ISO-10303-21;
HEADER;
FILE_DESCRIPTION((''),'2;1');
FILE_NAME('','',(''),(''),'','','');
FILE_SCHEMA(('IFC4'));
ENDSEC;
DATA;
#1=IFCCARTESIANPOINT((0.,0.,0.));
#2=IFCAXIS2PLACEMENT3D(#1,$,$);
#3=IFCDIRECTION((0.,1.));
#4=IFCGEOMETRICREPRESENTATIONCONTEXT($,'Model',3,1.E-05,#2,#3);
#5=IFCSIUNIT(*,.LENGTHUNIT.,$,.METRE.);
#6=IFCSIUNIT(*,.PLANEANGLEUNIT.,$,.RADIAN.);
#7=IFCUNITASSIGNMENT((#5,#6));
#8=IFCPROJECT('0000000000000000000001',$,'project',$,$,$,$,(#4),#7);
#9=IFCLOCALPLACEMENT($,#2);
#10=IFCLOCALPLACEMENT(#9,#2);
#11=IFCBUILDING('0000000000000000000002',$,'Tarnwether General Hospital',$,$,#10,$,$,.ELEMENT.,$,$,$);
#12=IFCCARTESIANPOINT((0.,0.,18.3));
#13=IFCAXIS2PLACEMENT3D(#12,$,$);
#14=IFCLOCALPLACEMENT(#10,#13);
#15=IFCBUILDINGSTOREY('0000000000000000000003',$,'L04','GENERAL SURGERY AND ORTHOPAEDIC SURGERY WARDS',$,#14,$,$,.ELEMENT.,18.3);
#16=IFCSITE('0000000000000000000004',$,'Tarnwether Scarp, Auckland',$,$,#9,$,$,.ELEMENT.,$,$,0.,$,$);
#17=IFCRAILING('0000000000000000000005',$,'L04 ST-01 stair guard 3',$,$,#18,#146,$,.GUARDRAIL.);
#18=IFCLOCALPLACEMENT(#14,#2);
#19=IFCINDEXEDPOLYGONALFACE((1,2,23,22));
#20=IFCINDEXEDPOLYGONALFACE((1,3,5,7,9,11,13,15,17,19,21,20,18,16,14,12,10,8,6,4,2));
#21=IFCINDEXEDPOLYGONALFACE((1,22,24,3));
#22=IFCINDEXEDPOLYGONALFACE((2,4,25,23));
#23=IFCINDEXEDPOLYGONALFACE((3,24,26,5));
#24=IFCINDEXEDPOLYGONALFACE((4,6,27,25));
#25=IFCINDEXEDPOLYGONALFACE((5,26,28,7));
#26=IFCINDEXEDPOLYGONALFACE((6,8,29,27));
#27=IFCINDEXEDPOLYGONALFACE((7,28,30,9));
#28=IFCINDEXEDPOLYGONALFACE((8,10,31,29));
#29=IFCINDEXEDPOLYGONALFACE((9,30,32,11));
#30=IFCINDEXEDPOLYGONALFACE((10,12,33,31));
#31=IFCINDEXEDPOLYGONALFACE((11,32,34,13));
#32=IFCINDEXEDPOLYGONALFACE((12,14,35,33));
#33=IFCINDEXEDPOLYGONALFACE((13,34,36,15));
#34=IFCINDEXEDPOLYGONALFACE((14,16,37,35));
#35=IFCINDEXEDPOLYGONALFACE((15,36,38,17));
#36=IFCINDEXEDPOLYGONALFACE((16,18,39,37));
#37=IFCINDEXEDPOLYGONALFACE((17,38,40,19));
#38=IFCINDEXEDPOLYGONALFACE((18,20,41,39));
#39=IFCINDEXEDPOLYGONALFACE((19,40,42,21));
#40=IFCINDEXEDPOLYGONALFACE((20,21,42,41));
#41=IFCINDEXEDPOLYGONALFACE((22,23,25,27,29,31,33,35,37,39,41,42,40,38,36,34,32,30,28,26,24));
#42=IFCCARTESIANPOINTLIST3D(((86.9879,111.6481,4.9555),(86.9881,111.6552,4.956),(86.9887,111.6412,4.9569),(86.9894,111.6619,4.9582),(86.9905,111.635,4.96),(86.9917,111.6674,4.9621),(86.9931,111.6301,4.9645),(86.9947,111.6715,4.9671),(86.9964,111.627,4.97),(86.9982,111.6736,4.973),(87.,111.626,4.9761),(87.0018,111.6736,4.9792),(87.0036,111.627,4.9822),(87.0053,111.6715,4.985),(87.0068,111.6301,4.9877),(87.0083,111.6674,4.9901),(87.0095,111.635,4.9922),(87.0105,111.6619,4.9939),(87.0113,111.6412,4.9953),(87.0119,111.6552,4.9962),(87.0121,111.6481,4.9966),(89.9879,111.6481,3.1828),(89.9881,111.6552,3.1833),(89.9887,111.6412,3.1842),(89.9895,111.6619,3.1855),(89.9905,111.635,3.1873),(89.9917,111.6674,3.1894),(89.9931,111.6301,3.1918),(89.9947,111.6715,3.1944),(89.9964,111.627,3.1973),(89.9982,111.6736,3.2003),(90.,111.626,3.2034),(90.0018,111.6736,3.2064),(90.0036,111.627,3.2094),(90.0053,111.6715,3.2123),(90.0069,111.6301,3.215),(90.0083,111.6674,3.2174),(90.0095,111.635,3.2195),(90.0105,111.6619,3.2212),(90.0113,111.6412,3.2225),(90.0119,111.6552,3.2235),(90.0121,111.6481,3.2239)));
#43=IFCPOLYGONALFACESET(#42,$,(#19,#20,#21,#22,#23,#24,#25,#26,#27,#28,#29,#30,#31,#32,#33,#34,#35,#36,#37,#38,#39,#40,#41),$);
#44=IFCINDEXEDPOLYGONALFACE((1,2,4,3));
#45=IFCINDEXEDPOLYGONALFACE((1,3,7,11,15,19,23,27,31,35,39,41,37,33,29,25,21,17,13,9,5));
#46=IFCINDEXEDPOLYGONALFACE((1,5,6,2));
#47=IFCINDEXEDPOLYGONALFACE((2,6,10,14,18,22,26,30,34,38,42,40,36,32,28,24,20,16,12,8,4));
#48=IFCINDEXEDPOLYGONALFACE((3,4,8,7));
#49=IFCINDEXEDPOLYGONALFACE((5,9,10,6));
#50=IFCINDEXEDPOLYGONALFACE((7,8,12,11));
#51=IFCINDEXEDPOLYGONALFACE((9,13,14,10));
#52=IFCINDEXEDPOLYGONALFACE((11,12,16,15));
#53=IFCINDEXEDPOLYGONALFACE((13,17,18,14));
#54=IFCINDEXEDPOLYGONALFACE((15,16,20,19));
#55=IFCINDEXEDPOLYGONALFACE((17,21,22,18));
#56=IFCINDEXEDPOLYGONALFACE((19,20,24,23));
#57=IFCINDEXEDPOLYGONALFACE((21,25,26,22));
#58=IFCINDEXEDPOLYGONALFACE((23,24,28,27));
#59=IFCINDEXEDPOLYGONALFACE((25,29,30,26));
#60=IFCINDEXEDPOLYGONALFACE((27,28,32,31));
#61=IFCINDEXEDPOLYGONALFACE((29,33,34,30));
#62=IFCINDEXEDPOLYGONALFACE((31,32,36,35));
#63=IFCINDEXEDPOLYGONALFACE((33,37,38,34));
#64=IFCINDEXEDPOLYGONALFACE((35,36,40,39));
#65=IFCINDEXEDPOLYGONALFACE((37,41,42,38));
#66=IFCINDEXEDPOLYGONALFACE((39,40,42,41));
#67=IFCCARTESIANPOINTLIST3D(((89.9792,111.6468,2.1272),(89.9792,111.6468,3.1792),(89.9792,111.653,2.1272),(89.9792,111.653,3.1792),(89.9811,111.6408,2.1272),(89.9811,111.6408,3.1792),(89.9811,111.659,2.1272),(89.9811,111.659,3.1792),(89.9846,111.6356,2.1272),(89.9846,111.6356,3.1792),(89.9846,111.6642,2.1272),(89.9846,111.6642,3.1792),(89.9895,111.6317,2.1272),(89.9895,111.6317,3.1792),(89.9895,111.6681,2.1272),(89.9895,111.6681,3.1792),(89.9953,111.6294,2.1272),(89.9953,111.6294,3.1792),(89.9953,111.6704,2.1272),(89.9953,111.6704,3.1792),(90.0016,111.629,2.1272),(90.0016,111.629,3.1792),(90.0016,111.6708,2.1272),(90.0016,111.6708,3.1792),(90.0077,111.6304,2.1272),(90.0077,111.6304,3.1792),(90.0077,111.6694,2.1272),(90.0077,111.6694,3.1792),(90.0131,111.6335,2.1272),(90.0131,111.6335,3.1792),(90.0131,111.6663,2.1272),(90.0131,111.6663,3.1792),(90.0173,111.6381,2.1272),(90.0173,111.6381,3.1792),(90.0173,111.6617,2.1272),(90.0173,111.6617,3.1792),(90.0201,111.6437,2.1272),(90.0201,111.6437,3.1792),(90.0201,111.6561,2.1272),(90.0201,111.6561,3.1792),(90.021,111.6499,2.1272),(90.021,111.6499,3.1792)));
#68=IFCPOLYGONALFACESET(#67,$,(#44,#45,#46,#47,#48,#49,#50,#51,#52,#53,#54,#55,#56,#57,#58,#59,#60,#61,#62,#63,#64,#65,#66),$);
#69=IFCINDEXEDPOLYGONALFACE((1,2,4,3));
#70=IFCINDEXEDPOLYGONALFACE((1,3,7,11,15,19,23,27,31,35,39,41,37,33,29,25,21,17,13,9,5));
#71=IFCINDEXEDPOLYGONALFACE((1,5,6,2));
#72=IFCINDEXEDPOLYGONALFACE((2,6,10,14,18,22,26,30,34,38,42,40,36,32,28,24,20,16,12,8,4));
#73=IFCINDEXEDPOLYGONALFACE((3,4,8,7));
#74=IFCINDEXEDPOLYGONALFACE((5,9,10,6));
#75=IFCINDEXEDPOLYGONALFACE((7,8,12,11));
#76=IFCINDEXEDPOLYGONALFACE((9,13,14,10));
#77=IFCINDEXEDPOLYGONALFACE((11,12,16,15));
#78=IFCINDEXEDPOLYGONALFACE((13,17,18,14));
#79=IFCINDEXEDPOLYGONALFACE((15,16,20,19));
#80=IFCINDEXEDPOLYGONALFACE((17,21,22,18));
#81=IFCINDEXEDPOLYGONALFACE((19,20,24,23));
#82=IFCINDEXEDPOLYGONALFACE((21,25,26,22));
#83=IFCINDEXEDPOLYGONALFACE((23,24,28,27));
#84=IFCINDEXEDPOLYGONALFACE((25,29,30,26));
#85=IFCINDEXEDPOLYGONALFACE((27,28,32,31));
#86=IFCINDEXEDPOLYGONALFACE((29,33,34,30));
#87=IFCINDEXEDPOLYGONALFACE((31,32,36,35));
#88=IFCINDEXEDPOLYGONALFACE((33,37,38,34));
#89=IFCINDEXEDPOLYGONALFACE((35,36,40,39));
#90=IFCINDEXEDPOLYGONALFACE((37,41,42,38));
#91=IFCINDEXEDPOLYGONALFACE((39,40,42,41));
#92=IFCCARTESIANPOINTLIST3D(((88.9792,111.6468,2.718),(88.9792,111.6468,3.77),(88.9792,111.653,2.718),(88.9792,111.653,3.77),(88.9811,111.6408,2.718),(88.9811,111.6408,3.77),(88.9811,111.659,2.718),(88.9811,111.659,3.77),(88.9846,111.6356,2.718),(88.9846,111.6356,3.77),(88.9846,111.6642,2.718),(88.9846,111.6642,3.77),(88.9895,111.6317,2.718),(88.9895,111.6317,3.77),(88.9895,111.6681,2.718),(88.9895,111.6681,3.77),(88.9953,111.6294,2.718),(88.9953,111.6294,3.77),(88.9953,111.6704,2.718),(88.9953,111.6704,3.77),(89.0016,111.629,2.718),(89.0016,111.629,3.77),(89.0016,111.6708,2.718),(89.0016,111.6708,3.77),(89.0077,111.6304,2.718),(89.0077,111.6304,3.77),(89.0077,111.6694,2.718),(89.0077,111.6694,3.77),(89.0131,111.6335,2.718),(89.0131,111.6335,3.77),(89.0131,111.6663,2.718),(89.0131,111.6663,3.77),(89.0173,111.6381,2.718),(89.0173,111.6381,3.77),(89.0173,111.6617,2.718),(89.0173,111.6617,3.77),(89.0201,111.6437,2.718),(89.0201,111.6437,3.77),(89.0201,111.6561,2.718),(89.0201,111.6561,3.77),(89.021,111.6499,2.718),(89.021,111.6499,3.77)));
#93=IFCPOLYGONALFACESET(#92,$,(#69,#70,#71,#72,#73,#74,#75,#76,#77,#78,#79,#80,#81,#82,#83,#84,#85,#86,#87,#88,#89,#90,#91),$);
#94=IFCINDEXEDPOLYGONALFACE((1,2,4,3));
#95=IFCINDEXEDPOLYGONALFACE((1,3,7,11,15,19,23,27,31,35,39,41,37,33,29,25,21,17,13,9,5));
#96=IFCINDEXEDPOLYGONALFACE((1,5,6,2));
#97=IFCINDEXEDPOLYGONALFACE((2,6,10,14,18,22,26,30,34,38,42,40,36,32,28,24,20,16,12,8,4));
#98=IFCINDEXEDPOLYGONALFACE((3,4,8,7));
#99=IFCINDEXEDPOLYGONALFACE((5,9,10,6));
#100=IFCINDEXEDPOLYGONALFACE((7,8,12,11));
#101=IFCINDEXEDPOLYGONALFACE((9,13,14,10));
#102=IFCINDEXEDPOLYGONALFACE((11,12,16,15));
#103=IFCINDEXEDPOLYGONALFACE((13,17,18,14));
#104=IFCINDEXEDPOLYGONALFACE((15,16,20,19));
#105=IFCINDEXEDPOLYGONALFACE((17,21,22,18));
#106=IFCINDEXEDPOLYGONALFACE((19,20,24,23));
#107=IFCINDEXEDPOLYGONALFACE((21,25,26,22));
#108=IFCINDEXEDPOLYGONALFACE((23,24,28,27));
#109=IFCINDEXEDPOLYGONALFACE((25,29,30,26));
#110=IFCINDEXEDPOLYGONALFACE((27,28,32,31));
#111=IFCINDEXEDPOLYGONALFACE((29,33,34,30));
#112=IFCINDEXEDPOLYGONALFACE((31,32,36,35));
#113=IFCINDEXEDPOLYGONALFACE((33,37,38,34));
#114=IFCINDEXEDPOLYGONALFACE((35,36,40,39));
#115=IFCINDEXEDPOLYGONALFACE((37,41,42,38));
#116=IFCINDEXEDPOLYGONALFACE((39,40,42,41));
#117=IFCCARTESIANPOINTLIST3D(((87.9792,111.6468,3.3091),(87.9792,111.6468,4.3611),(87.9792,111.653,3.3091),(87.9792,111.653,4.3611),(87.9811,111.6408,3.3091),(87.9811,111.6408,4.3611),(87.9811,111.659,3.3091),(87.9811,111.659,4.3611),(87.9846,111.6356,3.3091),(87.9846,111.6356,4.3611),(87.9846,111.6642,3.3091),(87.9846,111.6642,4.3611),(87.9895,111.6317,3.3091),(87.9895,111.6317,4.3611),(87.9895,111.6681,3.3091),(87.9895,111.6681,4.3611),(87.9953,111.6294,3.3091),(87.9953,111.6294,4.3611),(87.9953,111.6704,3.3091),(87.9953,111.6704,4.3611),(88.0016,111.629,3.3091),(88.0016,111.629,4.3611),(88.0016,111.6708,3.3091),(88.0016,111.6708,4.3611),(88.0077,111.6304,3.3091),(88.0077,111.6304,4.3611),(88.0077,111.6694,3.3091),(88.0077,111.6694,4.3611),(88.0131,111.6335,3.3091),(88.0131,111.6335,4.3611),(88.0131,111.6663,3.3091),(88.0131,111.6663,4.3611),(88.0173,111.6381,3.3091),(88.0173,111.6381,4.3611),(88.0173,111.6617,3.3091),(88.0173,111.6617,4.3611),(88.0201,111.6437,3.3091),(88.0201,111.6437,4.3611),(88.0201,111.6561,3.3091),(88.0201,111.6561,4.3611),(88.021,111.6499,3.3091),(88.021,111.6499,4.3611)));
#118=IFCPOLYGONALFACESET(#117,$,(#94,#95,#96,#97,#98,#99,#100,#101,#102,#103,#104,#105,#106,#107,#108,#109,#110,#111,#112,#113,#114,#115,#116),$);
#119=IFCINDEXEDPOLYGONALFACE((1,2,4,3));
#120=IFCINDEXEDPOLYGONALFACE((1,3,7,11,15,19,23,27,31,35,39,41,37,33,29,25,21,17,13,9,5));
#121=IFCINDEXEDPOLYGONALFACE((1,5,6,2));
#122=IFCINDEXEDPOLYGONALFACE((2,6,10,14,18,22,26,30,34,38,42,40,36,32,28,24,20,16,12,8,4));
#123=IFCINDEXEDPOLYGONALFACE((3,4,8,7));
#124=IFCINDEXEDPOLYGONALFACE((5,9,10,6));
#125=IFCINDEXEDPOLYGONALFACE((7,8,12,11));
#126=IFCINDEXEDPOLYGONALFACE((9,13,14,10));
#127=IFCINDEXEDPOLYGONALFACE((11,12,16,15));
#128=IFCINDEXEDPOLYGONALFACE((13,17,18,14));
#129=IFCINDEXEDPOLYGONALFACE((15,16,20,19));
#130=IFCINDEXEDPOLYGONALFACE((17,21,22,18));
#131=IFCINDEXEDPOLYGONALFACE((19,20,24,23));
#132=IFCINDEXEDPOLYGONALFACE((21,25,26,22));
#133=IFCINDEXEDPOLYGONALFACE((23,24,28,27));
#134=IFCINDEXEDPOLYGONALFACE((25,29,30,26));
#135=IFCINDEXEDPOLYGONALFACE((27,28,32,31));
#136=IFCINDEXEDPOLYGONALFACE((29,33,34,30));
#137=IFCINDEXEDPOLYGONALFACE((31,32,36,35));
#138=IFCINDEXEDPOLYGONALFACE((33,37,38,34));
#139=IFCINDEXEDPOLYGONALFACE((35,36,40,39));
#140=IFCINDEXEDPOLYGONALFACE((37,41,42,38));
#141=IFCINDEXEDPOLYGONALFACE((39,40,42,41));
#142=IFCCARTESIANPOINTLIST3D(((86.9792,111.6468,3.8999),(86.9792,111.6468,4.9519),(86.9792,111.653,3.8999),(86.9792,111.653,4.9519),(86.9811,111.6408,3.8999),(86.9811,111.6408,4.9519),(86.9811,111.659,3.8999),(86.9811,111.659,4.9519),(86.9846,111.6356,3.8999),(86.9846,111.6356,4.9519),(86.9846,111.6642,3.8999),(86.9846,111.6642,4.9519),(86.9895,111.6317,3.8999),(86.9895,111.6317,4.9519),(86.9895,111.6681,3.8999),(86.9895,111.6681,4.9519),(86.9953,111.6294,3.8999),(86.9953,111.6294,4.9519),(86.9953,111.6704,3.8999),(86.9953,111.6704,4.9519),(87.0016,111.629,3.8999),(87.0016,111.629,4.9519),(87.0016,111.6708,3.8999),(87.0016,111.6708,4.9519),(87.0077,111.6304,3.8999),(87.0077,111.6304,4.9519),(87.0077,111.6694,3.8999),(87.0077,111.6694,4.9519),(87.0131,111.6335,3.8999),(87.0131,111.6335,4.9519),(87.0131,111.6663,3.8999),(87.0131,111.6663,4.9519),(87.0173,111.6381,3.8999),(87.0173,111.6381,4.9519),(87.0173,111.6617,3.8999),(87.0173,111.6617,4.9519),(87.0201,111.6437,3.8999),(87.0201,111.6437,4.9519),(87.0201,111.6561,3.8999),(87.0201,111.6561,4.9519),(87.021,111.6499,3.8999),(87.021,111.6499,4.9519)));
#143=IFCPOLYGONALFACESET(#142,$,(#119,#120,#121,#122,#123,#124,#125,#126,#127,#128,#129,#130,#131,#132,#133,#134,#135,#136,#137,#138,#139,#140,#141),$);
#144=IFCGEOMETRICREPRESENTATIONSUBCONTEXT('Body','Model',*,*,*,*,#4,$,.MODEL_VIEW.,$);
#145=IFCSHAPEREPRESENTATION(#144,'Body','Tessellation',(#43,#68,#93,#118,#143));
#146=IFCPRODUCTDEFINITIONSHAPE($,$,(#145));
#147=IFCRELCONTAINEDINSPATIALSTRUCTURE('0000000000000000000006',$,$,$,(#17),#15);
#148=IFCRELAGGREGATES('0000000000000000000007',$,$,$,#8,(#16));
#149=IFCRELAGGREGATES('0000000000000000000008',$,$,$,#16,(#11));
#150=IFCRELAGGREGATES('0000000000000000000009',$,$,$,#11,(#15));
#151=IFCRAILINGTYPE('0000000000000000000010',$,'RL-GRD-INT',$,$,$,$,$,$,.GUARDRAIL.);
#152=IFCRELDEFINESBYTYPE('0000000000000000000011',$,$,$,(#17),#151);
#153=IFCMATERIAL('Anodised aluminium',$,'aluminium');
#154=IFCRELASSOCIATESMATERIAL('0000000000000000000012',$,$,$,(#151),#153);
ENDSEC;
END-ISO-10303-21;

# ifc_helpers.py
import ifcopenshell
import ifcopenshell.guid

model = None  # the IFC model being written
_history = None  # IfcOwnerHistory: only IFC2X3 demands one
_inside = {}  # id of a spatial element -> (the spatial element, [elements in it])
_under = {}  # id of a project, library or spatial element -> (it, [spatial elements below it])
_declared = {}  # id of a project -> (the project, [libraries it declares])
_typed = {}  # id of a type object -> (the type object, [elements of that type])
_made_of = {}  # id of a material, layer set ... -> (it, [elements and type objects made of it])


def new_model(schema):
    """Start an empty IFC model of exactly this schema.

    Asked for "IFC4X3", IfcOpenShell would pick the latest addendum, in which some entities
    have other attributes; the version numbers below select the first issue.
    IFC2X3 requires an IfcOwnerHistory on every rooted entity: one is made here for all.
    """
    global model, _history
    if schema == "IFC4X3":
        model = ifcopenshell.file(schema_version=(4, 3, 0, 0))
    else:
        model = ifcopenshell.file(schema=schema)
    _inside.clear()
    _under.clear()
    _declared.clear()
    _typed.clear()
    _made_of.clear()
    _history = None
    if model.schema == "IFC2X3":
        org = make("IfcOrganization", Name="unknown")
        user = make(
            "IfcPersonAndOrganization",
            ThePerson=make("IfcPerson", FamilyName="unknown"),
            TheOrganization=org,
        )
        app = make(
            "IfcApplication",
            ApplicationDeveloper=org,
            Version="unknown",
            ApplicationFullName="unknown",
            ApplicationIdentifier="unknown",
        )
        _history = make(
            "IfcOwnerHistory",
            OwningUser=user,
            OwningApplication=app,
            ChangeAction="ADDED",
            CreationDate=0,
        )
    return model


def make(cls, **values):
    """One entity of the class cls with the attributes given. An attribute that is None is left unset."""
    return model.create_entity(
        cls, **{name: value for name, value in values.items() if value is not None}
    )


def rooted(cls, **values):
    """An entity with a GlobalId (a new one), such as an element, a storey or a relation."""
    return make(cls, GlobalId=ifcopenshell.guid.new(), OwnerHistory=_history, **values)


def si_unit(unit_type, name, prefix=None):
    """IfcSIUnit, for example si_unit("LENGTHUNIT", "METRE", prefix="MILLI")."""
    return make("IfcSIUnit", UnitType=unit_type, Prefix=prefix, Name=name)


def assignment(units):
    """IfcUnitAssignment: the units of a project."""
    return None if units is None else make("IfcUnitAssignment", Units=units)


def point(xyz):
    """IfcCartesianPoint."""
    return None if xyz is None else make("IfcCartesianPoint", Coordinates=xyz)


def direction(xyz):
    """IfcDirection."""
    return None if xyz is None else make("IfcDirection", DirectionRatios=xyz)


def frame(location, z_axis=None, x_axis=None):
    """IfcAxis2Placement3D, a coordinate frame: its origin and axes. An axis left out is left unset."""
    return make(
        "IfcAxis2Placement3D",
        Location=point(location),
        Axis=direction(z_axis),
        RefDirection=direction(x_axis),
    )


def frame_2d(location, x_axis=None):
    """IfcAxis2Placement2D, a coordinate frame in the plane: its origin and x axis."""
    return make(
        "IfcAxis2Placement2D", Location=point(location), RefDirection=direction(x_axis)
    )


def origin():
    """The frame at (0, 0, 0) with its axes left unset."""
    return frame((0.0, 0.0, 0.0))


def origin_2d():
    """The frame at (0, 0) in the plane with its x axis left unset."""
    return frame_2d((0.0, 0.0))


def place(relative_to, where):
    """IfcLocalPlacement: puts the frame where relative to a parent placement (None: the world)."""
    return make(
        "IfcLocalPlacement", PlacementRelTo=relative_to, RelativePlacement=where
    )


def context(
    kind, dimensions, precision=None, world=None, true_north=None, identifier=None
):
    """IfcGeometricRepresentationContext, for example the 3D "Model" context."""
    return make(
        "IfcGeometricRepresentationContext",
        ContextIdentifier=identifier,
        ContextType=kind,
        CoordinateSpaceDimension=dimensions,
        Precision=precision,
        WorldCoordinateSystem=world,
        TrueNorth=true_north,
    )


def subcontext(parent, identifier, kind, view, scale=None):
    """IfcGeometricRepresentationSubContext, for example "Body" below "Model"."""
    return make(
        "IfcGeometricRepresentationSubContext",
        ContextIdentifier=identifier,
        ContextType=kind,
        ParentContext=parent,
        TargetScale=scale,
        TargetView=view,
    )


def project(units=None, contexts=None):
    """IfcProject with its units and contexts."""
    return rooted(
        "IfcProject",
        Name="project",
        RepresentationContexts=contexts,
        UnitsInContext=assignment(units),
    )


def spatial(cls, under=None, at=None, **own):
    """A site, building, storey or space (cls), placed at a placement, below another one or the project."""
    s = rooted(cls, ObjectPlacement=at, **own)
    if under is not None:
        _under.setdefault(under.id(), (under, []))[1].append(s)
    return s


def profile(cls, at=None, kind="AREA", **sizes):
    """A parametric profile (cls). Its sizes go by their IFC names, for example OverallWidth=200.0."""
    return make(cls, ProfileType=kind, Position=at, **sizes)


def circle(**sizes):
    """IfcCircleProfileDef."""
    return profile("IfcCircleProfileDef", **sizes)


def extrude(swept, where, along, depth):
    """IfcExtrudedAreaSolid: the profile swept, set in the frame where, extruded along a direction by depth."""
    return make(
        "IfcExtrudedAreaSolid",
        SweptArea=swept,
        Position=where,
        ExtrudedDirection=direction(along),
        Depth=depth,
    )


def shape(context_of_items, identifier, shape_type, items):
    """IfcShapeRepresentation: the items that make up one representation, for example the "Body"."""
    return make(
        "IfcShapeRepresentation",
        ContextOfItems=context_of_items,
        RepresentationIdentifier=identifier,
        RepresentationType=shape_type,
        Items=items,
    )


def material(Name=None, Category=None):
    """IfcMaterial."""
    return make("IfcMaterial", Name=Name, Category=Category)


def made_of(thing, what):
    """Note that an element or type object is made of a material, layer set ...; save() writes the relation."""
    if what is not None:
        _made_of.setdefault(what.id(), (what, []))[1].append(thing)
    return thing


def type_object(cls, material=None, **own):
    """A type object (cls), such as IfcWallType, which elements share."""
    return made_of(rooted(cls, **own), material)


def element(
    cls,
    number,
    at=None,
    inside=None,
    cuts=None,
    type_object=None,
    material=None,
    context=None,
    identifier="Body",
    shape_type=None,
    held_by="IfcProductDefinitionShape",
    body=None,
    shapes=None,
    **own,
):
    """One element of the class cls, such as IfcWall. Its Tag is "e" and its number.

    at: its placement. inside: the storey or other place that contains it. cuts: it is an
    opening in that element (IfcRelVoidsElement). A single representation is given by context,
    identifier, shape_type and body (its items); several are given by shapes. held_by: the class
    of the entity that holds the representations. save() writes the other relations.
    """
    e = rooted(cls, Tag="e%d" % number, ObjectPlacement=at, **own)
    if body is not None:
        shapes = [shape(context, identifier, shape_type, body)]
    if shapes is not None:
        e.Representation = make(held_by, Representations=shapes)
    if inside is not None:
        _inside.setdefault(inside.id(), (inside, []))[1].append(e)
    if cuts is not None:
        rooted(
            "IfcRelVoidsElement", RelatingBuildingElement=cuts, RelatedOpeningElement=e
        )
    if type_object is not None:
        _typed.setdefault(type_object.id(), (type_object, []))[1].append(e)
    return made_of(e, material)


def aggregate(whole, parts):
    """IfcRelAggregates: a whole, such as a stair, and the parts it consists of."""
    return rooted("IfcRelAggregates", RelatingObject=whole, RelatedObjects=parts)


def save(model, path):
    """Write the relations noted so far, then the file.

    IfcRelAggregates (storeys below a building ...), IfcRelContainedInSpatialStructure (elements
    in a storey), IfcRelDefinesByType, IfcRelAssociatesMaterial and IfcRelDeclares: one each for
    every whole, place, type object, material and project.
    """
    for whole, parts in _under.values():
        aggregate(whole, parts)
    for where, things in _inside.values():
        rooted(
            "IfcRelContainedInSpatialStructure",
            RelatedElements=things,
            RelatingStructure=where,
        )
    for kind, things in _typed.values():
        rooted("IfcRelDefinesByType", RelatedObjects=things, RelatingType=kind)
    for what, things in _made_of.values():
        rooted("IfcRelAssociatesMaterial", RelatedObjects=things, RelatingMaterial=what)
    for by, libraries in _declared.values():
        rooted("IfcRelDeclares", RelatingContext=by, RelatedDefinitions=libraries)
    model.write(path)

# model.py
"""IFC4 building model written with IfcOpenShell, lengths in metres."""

from ifc_helpers import new_model, si_unit, direction, frame, origin, origin_2d, place, context, subcontext, project, spatial, circle, extrude, material, type_object, element, save


model = new_model("IFC4")

# Units and contexts
model_context = context("Model", 3, precision=1e-05, world=origin(), true_north=direction((0.0, 1.0)))
body_context = subcontext(model_context, "Body", "Model", "MODEL_VIEW")
ifc_project = project(units=[si_unit("LENGTHUNIT", "METRE"), si_unit("PLANEANGLEUNIT", "RADIAN")], contexts=[model_context])

# Site, building, storey
site_placement = place(None, origin())
site = spatial("IfcSite", under=ifc_project, at=site_placement, Name="Tarnwether Scarp, Auckland", CompositionType="ELEMENT", RefElevation=0.0)
building_placement = place(site_placement, origin())
building = spatial("IfcBuilding", under=site, at=building_placement, Name="Tarnwether General Hospital", CompositionType="ELEMENT")
storey_placement = place(building_placement, frame((0.0, 0.0, 18.3)))
storey = spatial("IfcBuildingStorey", under=building, at=storey_placement, Name="L04", Description="GENERAL SURGERY AND ORTHOPAEDIC SURGERY WARDS", CompositionType="ELEMENT", Elevation=18.3)

# Railing
ifc_material_1 = material(Name="Anodised aluminium", Category="aluminium")
railing_type_1 = type_object("IfcRailingType", Name="RL-GRD-INT", PredefinedType="GUARDRAIL", material=ifc_material_1)
railing_1_placement = place(storey_placement, frame((90.0, 111.6499, 2.1272)))
element("IfcRailing", 1, at=railing_1_placement, inside=storey, type_object=railing_type_1, Name="L04 ST-01 stair guard 3", PredefinedType="GUARDRAIL", context=body_context, shape_type="SweptSolid", body=[
    extrude(circle(Radius=0.0239, at=origin_2d()), frame((0.0, 0.0, 1.0762), z_axis=(-0.860929, 0.0, 0.508725), x_axis=(0.0, -1.0, 0.0)), (0.0, 0.0, 1.0), 3.4846),
    extrude(circle(Radius=0.021, at=origin_2d()), origin(), (0.0, 0.0, 1.0), 1.052),
    extrude(circle(Radius=0.021, at=origin_2d()), frame((-1.0, 0.0, 0.5908)), (0.0, 0.0, 1.0), 1.052),
    extrude(circle(Radius=0.021, at=origin_2d()), frame((-2.0, 0.0, 1.1819)), (0.0, 0.0, 1.0), 1.052),
    extrude(circle(Radius=0.021, at=origin_2d()), frame((-3.0, 0.0, 1.7727)), (0.0, 0.0, 1.0), 1.052),
])

save(model, "model.ifc")
